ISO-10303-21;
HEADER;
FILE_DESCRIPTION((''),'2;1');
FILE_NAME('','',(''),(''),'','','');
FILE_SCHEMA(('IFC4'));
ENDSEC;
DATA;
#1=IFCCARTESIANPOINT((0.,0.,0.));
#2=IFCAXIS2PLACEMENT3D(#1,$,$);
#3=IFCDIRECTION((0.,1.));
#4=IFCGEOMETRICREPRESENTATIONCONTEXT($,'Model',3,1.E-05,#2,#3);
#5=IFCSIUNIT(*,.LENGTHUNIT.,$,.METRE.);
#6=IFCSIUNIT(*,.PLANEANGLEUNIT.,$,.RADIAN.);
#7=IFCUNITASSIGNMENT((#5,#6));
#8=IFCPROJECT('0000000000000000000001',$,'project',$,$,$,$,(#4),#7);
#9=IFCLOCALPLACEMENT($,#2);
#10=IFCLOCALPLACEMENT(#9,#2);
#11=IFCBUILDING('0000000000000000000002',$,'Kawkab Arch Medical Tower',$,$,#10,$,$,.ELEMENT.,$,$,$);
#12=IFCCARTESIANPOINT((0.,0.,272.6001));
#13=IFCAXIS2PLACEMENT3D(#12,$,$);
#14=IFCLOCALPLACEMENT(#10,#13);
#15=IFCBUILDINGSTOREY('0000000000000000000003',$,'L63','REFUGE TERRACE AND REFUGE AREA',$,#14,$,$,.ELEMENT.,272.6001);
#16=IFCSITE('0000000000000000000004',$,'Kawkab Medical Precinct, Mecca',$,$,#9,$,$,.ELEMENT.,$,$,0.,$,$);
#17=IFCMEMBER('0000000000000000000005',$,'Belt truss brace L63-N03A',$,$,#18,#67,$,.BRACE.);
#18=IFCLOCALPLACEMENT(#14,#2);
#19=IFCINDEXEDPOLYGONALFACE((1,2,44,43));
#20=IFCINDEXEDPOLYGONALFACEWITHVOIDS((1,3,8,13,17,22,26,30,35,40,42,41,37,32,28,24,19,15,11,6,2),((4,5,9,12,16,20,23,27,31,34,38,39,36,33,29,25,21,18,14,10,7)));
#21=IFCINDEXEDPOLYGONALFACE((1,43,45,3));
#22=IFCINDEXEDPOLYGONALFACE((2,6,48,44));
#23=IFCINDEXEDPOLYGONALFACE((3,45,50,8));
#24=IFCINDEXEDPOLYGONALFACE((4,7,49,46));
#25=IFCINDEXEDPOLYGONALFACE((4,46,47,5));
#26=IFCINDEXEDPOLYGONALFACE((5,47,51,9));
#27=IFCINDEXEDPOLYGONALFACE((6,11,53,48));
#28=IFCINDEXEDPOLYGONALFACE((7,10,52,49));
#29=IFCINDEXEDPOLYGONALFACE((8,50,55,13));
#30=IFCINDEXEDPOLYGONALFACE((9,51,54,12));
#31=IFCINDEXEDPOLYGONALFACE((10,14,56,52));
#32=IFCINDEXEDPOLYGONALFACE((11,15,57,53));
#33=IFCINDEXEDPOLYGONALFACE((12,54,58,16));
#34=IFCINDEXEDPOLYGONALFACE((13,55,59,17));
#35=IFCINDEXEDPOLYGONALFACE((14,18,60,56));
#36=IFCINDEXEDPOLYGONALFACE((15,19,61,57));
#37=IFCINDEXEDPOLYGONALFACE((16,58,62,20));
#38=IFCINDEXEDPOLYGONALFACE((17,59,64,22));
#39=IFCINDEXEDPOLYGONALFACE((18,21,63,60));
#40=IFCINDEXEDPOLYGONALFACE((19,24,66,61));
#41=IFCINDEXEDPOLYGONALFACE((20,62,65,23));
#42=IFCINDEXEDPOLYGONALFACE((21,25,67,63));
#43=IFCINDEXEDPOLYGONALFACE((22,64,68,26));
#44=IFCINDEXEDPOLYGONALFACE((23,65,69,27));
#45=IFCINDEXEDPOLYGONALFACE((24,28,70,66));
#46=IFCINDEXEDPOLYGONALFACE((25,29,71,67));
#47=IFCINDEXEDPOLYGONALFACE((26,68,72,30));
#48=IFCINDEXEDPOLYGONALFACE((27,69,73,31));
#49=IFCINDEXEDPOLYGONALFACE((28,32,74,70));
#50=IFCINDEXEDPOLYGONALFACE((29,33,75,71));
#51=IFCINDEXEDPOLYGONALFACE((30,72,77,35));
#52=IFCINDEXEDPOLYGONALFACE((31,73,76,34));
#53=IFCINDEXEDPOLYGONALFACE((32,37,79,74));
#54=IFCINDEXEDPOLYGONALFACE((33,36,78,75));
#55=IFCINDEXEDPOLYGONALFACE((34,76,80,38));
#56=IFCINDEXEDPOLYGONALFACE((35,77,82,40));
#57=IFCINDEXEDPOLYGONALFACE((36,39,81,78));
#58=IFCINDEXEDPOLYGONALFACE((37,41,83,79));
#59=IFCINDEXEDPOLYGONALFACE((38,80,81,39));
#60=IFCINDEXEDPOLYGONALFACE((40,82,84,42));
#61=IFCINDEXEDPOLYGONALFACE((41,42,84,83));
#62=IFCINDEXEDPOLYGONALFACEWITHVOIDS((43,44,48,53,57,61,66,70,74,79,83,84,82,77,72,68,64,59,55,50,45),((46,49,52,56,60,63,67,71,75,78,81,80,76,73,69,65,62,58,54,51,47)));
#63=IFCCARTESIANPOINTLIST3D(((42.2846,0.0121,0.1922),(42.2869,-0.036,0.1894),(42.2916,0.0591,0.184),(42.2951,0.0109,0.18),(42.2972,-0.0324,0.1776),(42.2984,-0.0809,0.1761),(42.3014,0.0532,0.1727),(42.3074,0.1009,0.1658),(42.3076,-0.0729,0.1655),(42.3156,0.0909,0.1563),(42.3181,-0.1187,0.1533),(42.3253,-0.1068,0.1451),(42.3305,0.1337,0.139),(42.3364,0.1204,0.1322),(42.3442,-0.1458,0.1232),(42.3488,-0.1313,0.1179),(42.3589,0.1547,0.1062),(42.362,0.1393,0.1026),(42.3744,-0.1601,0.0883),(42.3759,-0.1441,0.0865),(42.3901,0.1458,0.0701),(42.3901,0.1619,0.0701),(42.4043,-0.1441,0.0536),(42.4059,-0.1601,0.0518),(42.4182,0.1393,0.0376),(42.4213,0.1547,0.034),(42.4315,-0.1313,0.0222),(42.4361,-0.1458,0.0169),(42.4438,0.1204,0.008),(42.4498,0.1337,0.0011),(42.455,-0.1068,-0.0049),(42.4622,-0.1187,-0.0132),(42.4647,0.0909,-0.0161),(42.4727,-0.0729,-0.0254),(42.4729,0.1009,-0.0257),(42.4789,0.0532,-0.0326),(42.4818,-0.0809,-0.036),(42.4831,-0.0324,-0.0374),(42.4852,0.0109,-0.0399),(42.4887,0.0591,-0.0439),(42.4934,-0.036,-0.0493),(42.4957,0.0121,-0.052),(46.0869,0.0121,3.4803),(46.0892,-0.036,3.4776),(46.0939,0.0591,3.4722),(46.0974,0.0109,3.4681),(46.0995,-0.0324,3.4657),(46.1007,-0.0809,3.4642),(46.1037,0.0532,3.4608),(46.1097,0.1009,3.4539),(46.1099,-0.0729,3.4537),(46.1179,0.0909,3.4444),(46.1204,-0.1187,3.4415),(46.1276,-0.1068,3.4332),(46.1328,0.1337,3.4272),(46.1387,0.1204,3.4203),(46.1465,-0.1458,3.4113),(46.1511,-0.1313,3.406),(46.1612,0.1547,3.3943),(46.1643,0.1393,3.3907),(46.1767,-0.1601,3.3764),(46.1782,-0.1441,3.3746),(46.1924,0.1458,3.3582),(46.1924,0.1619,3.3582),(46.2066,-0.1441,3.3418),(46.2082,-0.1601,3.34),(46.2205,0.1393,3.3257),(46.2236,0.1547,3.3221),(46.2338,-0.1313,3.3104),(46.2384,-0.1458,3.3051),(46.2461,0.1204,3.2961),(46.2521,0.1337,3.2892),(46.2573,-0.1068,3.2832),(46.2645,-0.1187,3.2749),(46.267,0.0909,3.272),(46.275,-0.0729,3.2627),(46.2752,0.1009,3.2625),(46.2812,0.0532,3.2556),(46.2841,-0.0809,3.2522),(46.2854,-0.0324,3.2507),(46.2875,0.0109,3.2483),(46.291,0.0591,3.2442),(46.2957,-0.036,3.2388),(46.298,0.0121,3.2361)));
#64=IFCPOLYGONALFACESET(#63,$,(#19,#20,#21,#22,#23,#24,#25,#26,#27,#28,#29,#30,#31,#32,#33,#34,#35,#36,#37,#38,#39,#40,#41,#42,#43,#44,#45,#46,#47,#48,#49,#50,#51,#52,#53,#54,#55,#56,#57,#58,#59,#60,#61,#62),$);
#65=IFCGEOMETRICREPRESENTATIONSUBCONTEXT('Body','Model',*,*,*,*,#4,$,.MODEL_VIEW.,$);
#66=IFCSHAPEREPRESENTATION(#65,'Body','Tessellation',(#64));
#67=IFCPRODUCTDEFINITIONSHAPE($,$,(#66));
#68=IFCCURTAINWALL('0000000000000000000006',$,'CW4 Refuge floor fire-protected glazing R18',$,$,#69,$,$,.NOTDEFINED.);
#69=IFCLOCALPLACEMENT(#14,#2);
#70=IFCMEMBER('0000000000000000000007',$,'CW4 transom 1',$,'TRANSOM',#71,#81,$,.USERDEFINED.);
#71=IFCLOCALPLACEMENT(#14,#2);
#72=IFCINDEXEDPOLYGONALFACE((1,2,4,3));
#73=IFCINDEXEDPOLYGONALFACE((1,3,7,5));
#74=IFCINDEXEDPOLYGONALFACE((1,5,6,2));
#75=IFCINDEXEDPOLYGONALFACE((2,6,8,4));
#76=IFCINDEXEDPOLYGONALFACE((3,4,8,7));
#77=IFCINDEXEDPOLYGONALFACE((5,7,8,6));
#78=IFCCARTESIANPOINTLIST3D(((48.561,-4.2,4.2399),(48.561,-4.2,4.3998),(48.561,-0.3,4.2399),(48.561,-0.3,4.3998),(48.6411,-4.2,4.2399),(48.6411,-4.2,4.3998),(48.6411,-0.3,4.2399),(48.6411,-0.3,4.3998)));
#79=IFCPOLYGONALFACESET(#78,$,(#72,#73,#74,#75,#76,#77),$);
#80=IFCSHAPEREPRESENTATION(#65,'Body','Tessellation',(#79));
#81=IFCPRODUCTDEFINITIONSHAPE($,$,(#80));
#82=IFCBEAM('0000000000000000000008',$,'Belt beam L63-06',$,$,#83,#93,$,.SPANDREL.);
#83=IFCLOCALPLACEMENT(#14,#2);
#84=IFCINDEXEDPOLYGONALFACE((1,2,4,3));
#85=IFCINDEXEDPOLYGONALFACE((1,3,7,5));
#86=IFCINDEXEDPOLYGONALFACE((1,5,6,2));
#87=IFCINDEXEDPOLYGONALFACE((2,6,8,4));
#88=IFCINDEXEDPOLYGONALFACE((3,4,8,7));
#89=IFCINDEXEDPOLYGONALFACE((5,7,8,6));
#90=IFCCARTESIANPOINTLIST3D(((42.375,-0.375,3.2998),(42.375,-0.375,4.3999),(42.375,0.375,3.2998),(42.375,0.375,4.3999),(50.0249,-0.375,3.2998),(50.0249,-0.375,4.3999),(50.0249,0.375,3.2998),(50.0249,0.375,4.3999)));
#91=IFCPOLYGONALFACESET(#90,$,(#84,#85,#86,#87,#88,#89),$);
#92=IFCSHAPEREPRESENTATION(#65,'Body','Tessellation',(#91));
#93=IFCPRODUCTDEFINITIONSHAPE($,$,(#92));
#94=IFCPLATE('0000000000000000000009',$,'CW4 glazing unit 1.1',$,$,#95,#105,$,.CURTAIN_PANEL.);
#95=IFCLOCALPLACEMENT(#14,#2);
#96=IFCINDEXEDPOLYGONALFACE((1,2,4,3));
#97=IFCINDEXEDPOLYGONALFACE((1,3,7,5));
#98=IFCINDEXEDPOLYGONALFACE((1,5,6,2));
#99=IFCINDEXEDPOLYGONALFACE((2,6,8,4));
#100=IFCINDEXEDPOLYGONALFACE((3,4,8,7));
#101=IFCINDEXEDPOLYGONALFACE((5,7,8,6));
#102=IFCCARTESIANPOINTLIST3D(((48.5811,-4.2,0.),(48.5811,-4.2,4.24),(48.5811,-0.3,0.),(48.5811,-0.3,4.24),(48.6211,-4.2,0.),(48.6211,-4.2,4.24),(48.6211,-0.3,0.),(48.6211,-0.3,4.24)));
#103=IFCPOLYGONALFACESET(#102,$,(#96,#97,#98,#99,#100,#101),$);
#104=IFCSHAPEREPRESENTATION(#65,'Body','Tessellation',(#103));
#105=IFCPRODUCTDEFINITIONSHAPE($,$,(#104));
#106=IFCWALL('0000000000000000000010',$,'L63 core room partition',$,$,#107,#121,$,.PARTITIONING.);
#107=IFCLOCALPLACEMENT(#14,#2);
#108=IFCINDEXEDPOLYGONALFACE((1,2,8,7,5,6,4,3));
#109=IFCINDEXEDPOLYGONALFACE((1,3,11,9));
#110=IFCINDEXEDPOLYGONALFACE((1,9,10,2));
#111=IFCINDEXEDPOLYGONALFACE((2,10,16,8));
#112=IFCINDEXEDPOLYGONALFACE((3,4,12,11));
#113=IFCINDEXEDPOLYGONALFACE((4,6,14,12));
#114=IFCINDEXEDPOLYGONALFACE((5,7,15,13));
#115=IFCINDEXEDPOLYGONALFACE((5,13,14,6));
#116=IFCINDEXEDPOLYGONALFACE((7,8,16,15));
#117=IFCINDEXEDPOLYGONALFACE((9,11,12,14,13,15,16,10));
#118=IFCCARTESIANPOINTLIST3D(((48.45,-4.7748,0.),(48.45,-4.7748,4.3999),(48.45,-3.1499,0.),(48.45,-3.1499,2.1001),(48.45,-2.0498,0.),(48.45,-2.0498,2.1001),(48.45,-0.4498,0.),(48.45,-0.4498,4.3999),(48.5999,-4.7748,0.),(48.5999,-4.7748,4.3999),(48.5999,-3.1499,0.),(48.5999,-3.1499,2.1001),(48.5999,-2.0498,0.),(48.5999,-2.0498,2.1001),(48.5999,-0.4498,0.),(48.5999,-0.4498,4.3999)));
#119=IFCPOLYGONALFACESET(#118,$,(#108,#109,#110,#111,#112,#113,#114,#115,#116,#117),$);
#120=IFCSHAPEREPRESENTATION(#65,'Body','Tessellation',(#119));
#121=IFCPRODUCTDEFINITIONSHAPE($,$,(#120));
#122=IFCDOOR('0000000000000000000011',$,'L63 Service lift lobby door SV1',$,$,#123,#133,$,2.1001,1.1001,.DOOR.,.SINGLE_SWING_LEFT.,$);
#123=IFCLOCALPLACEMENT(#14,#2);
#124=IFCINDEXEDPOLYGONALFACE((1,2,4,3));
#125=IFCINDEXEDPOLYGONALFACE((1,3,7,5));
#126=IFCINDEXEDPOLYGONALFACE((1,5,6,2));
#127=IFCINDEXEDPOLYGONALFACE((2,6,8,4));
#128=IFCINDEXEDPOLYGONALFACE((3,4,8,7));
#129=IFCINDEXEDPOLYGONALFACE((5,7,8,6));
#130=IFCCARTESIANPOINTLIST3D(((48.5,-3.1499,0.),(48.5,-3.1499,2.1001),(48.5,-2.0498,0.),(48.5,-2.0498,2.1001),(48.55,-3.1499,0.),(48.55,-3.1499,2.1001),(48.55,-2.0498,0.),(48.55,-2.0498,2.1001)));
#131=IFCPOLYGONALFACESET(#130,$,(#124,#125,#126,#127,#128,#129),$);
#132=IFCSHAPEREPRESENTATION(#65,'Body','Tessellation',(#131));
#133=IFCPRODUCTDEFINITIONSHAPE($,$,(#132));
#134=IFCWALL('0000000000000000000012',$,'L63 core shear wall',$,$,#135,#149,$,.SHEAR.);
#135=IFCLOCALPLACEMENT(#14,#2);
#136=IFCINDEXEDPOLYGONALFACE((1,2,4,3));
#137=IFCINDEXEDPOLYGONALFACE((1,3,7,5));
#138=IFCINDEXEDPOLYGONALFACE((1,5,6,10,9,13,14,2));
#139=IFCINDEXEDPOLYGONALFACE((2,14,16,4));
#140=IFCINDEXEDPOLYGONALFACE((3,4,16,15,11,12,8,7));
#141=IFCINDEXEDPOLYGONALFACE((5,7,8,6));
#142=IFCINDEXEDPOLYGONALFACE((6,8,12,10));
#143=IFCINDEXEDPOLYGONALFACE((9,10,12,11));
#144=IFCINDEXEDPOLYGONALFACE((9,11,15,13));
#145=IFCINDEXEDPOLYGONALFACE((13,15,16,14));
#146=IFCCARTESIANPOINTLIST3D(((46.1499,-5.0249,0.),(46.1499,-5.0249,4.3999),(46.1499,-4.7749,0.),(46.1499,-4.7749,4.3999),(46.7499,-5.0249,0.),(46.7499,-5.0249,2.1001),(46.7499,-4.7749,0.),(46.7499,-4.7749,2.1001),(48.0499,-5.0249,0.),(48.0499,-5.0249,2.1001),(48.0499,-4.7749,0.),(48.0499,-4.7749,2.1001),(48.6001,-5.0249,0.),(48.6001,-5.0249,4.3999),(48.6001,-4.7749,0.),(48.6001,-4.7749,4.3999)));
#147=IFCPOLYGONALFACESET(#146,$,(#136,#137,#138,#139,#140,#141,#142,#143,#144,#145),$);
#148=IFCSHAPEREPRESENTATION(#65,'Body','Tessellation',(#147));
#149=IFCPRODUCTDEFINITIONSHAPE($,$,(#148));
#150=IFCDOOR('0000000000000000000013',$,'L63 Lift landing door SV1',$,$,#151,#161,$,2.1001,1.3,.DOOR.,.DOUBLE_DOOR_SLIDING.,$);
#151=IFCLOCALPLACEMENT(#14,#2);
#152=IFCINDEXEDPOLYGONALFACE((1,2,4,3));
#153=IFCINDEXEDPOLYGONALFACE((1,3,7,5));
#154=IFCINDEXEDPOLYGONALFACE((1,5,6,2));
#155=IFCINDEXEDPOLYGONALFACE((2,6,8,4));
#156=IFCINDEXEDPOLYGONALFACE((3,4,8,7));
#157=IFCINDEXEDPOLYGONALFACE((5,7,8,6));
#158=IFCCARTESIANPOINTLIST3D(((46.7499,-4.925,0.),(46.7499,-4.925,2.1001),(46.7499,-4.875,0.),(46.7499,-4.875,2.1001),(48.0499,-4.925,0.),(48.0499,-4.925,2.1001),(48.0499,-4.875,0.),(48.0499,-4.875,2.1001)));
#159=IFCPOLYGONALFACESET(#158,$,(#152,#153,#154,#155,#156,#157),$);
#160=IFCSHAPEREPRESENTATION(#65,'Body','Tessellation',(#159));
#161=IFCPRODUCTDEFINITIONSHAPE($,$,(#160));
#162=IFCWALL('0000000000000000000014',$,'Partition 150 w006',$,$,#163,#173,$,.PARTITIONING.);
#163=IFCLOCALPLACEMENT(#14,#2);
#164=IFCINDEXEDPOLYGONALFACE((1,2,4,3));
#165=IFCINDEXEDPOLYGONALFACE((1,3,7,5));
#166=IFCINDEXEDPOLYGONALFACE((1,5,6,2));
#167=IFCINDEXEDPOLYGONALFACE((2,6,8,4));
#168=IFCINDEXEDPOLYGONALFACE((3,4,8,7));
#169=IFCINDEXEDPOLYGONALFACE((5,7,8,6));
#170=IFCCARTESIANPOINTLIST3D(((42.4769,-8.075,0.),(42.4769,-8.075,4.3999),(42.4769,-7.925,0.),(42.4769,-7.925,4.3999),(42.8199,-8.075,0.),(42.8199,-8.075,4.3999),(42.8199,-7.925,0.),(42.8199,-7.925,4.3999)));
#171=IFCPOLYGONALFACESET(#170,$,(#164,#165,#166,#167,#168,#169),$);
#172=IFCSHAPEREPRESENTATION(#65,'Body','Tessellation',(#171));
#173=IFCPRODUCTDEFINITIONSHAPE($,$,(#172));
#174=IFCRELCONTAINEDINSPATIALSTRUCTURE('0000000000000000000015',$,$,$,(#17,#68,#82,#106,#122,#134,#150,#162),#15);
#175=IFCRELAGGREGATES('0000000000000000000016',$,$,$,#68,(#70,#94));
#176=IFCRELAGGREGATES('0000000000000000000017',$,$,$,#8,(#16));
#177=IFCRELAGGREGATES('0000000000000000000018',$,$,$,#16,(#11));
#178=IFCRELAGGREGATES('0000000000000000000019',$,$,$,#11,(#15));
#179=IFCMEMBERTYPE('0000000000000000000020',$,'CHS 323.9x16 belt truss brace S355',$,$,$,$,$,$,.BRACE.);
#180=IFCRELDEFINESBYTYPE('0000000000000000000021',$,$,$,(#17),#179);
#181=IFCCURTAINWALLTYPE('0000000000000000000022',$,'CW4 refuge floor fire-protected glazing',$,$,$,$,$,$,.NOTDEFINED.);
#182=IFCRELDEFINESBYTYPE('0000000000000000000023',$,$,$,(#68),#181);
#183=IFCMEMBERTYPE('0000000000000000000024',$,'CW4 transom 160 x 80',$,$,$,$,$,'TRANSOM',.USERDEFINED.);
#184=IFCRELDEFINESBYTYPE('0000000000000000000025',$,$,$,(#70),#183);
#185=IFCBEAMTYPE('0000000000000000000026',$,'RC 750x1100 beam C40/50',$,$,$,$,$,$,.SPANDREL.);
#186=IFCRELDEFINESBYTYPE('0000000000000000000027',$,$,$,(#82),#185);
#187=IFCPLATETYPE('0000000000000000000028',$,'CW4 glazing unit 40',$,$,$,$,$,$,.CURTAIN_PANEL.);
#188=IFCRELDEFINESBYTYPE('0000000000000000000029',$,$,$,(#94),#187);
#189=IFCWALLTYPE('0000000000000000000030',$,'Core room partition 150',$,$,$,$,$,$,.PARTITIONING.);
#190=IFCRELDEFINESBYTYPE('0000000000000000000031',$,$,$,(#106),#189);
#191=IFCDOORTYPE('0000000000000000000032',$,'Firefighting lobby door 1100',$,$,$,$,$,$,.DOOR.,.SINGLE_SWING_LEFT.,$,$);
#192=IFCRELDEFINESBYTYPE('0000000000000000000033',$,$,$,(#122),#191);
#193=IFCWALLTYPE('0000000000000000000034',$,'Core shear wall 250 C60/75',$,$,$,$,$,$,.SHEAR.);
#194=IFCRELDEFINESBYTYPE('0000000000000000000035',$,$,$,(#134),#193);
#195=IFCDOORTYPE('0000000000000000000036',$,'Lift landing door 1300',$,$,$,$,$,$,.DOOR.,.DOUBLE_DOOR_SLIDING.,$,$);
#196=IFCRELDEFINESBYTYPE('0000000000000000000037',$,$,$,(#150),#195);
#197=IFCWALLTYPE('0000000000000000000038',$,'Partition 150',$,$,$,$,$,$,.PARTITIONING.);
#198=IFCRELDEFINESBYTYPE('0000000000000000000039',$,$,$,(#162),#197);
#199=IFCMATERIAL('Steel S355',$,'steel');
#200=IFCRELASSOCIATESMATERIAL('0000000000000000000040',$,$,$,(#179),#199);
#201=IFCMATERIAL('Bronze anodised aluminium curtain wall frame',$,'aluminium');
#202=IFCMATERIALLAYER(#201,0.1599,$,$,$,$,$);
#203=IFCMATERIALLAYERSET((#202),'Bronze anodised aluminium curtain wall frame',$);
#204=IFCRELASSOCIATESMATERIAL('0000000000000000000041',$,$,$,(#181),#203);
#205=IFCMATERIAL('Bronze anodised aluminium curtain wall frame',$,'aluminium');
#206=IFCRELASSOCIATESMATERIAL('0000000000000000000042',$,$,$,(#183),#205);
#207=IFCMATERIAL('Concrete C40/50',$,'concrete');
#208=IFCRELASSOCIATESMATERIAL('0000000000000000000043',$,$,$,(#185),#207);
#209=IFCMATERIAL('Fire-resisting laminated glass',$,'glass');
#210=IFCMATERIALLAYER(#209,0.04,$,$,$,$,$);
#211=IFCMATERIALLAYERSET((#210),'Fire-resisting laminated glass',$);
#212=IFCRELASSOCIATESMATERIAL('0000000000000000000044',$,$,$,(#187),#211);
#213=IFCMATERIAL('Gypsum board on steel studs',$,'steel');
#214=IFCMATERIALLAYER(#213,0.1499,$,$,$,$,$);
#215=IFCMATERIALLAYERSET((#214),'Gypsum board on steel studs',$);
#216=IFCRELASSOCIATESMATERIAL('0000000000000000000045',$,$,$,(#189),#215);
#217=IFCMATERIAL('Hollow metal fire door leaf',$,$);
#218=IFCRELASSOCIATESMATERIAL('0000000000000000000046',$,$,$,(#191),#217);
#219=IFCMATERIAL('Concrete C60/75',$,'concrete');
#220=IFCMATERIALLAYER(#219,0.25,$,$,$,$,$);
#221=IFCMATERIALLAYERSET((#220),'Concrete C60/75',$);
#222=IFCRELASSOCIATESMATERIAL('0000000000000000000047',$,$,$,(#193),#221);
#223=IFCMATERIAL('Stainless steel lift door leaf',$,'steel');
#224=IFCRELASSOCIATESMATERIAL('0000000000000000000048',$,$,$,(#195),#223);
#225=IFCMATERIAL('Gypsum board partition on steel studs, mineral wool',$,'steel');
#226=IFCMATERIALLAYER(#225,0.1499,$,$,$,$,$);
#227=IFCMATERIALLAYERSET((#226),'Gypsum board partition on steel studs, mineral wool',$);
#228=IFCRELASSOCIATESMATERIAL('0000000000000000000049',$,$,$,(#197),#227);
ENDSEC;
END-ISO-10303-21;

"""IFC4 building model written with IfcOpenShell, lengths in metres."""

from ifc_helpers import new_model, si_unit, direction, frame, frame_2d, origin, origin_2d, place, context, subcontext, project, spatial, rectangle, hollow_circle, extrude, material, layer, layer_set, material_profile, profile_set, type_object, element, fill, aggregate, save


model = new_model("IFC4")

# Units and contexts
model_context = context("Model", 3, precision=1e-05, world=origin(), true_north=direction((0.0, 1.0)))
body_context = subcontext(model_context, "Body", "Model", "MODEL_VIEW")
ifc_project = project(units=[si_unit("LENGTHUNIT", "METRE"), si_unit("PLANEANGLEUNIT", "RADIAN")], contexts=[model_context])

# Site, building, storey
site_placement = place(None, origin())
site = spatial("IfcSite", under=ifc_project, at=site_placement, Name="Kawkab Medical Precinct, Mecca", CompositionType="ELEMENT", RefElevation=0.0)
building_placement = place(site_placement, origin())
building = spatial("IfcBuilding", under=site, at=building_placement, Name="Kawkab Arch Medical Tower", CompositionType="ELEMENT")
storey_placement = place(building_placement, frame((0.0, 0.0, 272.6001)))
storey = spatial("IfcBuildingStorey", under=building, at=storey_placement, Name="L63", Description="REFUGE TERRACE AND REFUGE AREA", CompositionType="ELEMENT", Elevation=272.6001)

# Member
ifc_material_1 = material(Name="Steel S355", Category="steel")
ifc_material_profile_1 = material_profile(ifc_material_1, hollow_circle(Radius=0.1619, WallThickness=0.0161, at=origin_2d()), Name="CHS 323.9x16")
ifc_profile_set_1 = profile_set([ifc_material_profile_1], Name="Steel S355")
member_type_1 = type_object("IfcMemberType", Name="CHS 323.9x16 belt truss brace S355", PredefinedType="BRACE", material=ifc_profile_set_1)
member_1_placement = place(storey_placement, frame((42.3901, 0.0, 0.0701), z_axis=(0.756397, 0.0, 0.654113), x_axis=(0.0, 1.0, 0.0)))
element("IfcMember", 1, at=member_1_placement, inside=storey, type_object=member_type_1, Name="Belt truss brace L63-N03A", PredefinedType="BRACE", context=body_context, shape_type="SweptSolid", body=[
    extrude(hollow_circle(Radius=0.1619, WallThickness=0.0161, at=origin_2d()), origin(), (0.0, 0.0, 1.0), 5.0269),
])

# Curtain wall, member
ifc_material_2 = material(Name="Bronze anodised aluminium curtain wall frame", Category="aluminium")
ifc_layer_1 = layer(ifc_material_2, 0.1599)
ifc_layer_set_1 = layer_set([ifc_layer_1], Name="Bronze anodised aluminium curtain wall frame")
curtain_wall_type = type_object("IfcCurtainWallType", Name="CW4 refuge floor fire-protected glazing", PredefinedType="NOTDEFINED", material=ifc_layer_set_1)
placement = place(storey_placement, origin())
curtain_wall = element("IfcCurtainWall", 2, at=placement, inside=storey, type_object=curtain_wall_type, Name="CW4 Refuge floor fire-protected glazing R18", PredefinedType="NOTDEFINED")
ifc_material_3 = material(Name="Bronze anodised aluminium curtain wall frame", Category="aluminium")
ifc_material_profile_2 = material_profile(ifc_material_3, rectangle(XDim=0.0801, YDim=0.1599, at=origin_2d()), Name="AL 80x160")
ifc_profile_set_2 = profile_set([ifc_material_profile_2], Name="Bronze anodised aluminium curtain wall frame")
member_type_2 = type_object("IfcMemberType", Name="CW4 transom 160 x 80", ElementType="TRANSOM", PredefinedType="USERDEFINED", material=ifc_profile_set_2)
member_2_placement = place(storey_placement, frame((48.6011, -4.2, 4.3198), z_axis=(0.0, 1.0, 0.0), x_axis=(-1.0, 0.0, 0.0)))
member_2 = element("IfcMember", 3, at=member_2_placement, type_object=member_type_2, Name="CW4 transom 1", ObjectType="TRANSOM", PredefinedType="USERDEFINED", context=body_context, shape_type="SweptSolid", body=[
    extrude(rectangle(XDim=0.0801, YDim=0.1599, at=origin_2d()), origin(), (0.0, 0.0, 1.0), 3.8999),
])

# Beam
ifc_material_4 = material(Name="Concrete C40/50", Category="concrete")
ifc_material_profile_3 = material_profile(ifc_material_4, rectangle(XDim=0.75, YDim=1.1001, at=origin_2d()), Name="RC 750x1100")
ifc_profile_set_3 = profile_set([ifc_material_profile_3], Name="Concrete C40/50")
beam_type = type_object("IfcBeamType", Name="RC 750x1100 beam C40/50", PredefinedType="SPANDREL", material=ifc_profile_set_3)
beam_placement = place(storey_placement, frame((42.375, 0.0, 3.8499), z_axis=(1.0, 0.0, 0.0), x_axis=(0.0, 1.0, 0.0)))
element("IfcBeam", 4, at=beam_placement, inside=storey, type_object=beam_type, Name="Belt beam L63-06", PredefinedType="SPANDREL", context=body_context, shape_type="SweptSolid", body=[
    extrude(rectangle(XDim=0.75, YDim=1.1001, at=origin_2d()), origin(), (0.0, 0.0, 1.0), 7.6499),
])

# Plate
ifc_material_5 = material(Name="Fire-resisting laminated glass", Category="glass")
ifc_layer_2 = layer(ifc_material_5, 0.04)
ifc_layer_set_2 = layer_set([ifc_layer_2], Name="Fire-resisting laminated glass")
plate_type = type_object("IfcPlateType", Name="CW4 glazing unit 40", PredefinedType="CURTAIN_PANEL", material=ifc_layer_set_2)
plate_placement = place(storey_placement, frame((48.6011, -2.25, 0.0), z_axis=(0.0, 0.0, 1.0), x_axis=(0.0, 1.0, 0.0)))
plate = element("IfcPlate", 5, at=plate_placement, type_object=plate_type, Name="CW4 glazing unit 1.1", PredefinedType="CURTAIN_PANEL", context=body_context, shape_type="SweptSolid", body=[
    extrude(rectangle(XDim=3.8999, YDim=0.04, at=origin_2d()), origin(), (0.0, 0.0, 1.0), 4.24),
])
aggregate(curtain_wall, [member_2, plate])

# Walls, openings, doors
ifc_material_6 = material(Name="Gypsum board on steel studs", Category="steel")
ifc_layer_3 = layer(ifc_material_6, 0.1499)
ifc_layer_set_3 = layer_set([ifc_layer_3], Name="Gypsum board on steel studs")
wall_type_1 = type_object("IfcWallType", Name="Core room partition 150", PredefinedType="PARTITIONING", material=ifc_layer_set_3)
wall_1_placement = place(storey_placement, frame((48.5249, -4.7749, 0.0), z_axis=(0.0, 0.0, 1.0), x_axis=(0.0, 1.0, 0.0)))
wall_1 = element("IfcWall", 6, at=wall_1_placement, inside=storey, type_object=wall_type_1, Name="L63 core room partition", PredefinedType="PARTITIONING", context=body_context, shape_type="SweptSolid", body=[
    extrude(rectangle(XDim=4.325, YDim=0.1499, at=frame_2d((2.1626, 0.0))), origin(), (0.0, 0.0, 1.0), 4.3999),
])
opening_1_placement = place(wall_1_placement, frame((1.625, 0.0, 0.0)))
opening_1 = element("IfcOpeningElement", 7, at=opening_1_placement, cuts=wall_1, PredefinedType="OPENING", context=body_context, shape_type="SweptSolid", body=[
    extrude(rectangle(XDim=1.1001, YDim=2.1001, at=frame_2d((0.55, 1.05))), frame((0.0, 0.085, 0.0), z_axis=(0.0, -1.0, 0.0), x_axis=(1.0, 0.0, 0.0)), (0.0, 0.0, 1.0), 0.1699),
])
ifc_material_7 = material(Name="Hollow metal fire door leaf")
door_type_1 = type_object("IfcDoorType", Name="Firefighting lobby door 1100", OperationType="SINGLE_SWING_LEFT", PredefinedType="DOOR", material=ifc_material_7)
door_1_placement = place(opening_1_placement, origin())
door_1 = element("IfcDoor", 8, at=door_1_placement, inside=storey, type_object=door_type_1, Name="L63 Service lift lobby door SV1", OperationType="SINGLE_SWING_LEFT", OverallHeight=2.1001, OverallWidth=1.1001, PredefinedType="DOOR", context=body_context, shape_type="SweptSolid", body=[
    extrude(rectangle(XDim=1.1001, YDim=2.1001, at=frame_2d((0.55, 1.05))), frame((0.0, 0.0249, 0.0), z_axis=(0.0, -1.0, 0.0), x_axis=(1.0, 0.0, 0.0)), (0.0, 0.0, 1.0), 0.05),
])
fill(opening_1, door_1)
ifc_material_8 = material(Name="Concrete C60/75", Category="concrete")
ifc_layer_4 = layer(ifc_material_8, 0.25)
ifc_layer_set_4 = layer_set([ifc_layer_4], Name="Concrete C60/75")
wall_type_2 = type_object("IfcWallType", Name="Core shear wall 250 C60/75", PredefinedType="SHEAR", material=ifc_layer_set_4)
wall_2_placement = place(storey_placement, frame((46.1499, -4.8999, 0.0), z_axis=(0.0, 0.0, 1.0), x_axis=(1.0, 0.0, 0.0)))
wall_2 = element("IfcWall", 9, at=wall_2_placement, inside=storey, type_object=wall_type_2, Name="L63 core shear wall", PredefinedType="SHEAR", context=body_context, shape_type="SweptSolid", body=[
    extrude(rectangle(XDim=2.4502, YDim=0.25, at=frame_2d((1.2251, 0.0))), origin(), (0.0, 0.0, 1.0), 4.3999),
])
opening_2_placement = place(wall_2_placement, frame((0.6001, 0.0, 0.0)))
opening_2 = element("IfcOpeningElement", 10, at=opening_2_placement, cuts=wall_2, PredefinedType="OPENING", context=body_context, shape_type="SweptSolid", body=[
    extrude(rectangle(XDim=1.3, YDim=2.1001, at=frame_2d((0.6499, 1.05))), frame((0.0, 0.135, 0.0), z_axis=(0.0, -1.0, 0.0), x_axis=(1.0, 0.0, 0.0)), (0.0, 0.0, 1.0), 0.27),
])
ifc_material_9 = material(Name="Stainless steel lift door leaf", Category="steel")
door_type_2 = type_object("IfcDoorType", Name="Lift landing door 1300", OperationType="DOUBLE_DOOR_SLIDING", PredefinedType="DOOR", material=ifc_material_9)
door_2_placement = place(opening_2_placement, origin())
door_2 = element("IfcDoor", 11, at=door_2_placement, inside=storey, type_object=door_type_2, Name="L63 Lift landing door SV1", OperationType="DOUBLE_DOOR_SLIDING", OverallHeight=2.1001, OverallWidth=1.3, PredefinedType="DOOR", context=body_context, shape_type="SweptSolid", body=[
    extrude(rectangle(XDim=1.3, YDim=2.1001, at=frame_2d((0.6499, 1.05))), frame((0.0, 0.0249, 0.0), z_axis=(0.0, -1.0, 0.0), x_axis=(1.0, 0.0, 0.0)), (0.0, 0.0, 1.0), 0.05),
])
fill(opening_2, door_2)

# Wall
ifc_material_10 = material(Name="Gypsum board partition on steel studs, mineral wool", Category="steel")
ifc_layer_5 = layer(ifc_material_10, 0.1499)
ifc_layer_set_5 = layer_set([ifc_layer_5], Name="Gypsum board partition on steel studs, mineral wool")
wall_type_3 = type_object("IfcWallType", Name="Partition 150", PredefinedType="PARTITIONING", material=ifc_layer_set_5)
wall_3_placement = place(storey_placement, frame((42.4771, -8.0, 0.0), z_axis=(0.0, 0.0, 1.0), x_axis=(1.0, 0.0, 0.0)))
element("IfcWall", 12, at=wall_3_placement, inside=storey, type_object=wall_type_3, Name="Partition 150 w006", PredefinedType="PARTITIONING", context=body_context, shape_type="SweptSolid", body=[
    extrude(rectangle(XDim=0.343, YDim=0.1499, at=frame_2d((0.1714, 0.0))), origin(), (0.0, 0.0, 1.0), 4.3999),
])

save(model, "model.ifc")
